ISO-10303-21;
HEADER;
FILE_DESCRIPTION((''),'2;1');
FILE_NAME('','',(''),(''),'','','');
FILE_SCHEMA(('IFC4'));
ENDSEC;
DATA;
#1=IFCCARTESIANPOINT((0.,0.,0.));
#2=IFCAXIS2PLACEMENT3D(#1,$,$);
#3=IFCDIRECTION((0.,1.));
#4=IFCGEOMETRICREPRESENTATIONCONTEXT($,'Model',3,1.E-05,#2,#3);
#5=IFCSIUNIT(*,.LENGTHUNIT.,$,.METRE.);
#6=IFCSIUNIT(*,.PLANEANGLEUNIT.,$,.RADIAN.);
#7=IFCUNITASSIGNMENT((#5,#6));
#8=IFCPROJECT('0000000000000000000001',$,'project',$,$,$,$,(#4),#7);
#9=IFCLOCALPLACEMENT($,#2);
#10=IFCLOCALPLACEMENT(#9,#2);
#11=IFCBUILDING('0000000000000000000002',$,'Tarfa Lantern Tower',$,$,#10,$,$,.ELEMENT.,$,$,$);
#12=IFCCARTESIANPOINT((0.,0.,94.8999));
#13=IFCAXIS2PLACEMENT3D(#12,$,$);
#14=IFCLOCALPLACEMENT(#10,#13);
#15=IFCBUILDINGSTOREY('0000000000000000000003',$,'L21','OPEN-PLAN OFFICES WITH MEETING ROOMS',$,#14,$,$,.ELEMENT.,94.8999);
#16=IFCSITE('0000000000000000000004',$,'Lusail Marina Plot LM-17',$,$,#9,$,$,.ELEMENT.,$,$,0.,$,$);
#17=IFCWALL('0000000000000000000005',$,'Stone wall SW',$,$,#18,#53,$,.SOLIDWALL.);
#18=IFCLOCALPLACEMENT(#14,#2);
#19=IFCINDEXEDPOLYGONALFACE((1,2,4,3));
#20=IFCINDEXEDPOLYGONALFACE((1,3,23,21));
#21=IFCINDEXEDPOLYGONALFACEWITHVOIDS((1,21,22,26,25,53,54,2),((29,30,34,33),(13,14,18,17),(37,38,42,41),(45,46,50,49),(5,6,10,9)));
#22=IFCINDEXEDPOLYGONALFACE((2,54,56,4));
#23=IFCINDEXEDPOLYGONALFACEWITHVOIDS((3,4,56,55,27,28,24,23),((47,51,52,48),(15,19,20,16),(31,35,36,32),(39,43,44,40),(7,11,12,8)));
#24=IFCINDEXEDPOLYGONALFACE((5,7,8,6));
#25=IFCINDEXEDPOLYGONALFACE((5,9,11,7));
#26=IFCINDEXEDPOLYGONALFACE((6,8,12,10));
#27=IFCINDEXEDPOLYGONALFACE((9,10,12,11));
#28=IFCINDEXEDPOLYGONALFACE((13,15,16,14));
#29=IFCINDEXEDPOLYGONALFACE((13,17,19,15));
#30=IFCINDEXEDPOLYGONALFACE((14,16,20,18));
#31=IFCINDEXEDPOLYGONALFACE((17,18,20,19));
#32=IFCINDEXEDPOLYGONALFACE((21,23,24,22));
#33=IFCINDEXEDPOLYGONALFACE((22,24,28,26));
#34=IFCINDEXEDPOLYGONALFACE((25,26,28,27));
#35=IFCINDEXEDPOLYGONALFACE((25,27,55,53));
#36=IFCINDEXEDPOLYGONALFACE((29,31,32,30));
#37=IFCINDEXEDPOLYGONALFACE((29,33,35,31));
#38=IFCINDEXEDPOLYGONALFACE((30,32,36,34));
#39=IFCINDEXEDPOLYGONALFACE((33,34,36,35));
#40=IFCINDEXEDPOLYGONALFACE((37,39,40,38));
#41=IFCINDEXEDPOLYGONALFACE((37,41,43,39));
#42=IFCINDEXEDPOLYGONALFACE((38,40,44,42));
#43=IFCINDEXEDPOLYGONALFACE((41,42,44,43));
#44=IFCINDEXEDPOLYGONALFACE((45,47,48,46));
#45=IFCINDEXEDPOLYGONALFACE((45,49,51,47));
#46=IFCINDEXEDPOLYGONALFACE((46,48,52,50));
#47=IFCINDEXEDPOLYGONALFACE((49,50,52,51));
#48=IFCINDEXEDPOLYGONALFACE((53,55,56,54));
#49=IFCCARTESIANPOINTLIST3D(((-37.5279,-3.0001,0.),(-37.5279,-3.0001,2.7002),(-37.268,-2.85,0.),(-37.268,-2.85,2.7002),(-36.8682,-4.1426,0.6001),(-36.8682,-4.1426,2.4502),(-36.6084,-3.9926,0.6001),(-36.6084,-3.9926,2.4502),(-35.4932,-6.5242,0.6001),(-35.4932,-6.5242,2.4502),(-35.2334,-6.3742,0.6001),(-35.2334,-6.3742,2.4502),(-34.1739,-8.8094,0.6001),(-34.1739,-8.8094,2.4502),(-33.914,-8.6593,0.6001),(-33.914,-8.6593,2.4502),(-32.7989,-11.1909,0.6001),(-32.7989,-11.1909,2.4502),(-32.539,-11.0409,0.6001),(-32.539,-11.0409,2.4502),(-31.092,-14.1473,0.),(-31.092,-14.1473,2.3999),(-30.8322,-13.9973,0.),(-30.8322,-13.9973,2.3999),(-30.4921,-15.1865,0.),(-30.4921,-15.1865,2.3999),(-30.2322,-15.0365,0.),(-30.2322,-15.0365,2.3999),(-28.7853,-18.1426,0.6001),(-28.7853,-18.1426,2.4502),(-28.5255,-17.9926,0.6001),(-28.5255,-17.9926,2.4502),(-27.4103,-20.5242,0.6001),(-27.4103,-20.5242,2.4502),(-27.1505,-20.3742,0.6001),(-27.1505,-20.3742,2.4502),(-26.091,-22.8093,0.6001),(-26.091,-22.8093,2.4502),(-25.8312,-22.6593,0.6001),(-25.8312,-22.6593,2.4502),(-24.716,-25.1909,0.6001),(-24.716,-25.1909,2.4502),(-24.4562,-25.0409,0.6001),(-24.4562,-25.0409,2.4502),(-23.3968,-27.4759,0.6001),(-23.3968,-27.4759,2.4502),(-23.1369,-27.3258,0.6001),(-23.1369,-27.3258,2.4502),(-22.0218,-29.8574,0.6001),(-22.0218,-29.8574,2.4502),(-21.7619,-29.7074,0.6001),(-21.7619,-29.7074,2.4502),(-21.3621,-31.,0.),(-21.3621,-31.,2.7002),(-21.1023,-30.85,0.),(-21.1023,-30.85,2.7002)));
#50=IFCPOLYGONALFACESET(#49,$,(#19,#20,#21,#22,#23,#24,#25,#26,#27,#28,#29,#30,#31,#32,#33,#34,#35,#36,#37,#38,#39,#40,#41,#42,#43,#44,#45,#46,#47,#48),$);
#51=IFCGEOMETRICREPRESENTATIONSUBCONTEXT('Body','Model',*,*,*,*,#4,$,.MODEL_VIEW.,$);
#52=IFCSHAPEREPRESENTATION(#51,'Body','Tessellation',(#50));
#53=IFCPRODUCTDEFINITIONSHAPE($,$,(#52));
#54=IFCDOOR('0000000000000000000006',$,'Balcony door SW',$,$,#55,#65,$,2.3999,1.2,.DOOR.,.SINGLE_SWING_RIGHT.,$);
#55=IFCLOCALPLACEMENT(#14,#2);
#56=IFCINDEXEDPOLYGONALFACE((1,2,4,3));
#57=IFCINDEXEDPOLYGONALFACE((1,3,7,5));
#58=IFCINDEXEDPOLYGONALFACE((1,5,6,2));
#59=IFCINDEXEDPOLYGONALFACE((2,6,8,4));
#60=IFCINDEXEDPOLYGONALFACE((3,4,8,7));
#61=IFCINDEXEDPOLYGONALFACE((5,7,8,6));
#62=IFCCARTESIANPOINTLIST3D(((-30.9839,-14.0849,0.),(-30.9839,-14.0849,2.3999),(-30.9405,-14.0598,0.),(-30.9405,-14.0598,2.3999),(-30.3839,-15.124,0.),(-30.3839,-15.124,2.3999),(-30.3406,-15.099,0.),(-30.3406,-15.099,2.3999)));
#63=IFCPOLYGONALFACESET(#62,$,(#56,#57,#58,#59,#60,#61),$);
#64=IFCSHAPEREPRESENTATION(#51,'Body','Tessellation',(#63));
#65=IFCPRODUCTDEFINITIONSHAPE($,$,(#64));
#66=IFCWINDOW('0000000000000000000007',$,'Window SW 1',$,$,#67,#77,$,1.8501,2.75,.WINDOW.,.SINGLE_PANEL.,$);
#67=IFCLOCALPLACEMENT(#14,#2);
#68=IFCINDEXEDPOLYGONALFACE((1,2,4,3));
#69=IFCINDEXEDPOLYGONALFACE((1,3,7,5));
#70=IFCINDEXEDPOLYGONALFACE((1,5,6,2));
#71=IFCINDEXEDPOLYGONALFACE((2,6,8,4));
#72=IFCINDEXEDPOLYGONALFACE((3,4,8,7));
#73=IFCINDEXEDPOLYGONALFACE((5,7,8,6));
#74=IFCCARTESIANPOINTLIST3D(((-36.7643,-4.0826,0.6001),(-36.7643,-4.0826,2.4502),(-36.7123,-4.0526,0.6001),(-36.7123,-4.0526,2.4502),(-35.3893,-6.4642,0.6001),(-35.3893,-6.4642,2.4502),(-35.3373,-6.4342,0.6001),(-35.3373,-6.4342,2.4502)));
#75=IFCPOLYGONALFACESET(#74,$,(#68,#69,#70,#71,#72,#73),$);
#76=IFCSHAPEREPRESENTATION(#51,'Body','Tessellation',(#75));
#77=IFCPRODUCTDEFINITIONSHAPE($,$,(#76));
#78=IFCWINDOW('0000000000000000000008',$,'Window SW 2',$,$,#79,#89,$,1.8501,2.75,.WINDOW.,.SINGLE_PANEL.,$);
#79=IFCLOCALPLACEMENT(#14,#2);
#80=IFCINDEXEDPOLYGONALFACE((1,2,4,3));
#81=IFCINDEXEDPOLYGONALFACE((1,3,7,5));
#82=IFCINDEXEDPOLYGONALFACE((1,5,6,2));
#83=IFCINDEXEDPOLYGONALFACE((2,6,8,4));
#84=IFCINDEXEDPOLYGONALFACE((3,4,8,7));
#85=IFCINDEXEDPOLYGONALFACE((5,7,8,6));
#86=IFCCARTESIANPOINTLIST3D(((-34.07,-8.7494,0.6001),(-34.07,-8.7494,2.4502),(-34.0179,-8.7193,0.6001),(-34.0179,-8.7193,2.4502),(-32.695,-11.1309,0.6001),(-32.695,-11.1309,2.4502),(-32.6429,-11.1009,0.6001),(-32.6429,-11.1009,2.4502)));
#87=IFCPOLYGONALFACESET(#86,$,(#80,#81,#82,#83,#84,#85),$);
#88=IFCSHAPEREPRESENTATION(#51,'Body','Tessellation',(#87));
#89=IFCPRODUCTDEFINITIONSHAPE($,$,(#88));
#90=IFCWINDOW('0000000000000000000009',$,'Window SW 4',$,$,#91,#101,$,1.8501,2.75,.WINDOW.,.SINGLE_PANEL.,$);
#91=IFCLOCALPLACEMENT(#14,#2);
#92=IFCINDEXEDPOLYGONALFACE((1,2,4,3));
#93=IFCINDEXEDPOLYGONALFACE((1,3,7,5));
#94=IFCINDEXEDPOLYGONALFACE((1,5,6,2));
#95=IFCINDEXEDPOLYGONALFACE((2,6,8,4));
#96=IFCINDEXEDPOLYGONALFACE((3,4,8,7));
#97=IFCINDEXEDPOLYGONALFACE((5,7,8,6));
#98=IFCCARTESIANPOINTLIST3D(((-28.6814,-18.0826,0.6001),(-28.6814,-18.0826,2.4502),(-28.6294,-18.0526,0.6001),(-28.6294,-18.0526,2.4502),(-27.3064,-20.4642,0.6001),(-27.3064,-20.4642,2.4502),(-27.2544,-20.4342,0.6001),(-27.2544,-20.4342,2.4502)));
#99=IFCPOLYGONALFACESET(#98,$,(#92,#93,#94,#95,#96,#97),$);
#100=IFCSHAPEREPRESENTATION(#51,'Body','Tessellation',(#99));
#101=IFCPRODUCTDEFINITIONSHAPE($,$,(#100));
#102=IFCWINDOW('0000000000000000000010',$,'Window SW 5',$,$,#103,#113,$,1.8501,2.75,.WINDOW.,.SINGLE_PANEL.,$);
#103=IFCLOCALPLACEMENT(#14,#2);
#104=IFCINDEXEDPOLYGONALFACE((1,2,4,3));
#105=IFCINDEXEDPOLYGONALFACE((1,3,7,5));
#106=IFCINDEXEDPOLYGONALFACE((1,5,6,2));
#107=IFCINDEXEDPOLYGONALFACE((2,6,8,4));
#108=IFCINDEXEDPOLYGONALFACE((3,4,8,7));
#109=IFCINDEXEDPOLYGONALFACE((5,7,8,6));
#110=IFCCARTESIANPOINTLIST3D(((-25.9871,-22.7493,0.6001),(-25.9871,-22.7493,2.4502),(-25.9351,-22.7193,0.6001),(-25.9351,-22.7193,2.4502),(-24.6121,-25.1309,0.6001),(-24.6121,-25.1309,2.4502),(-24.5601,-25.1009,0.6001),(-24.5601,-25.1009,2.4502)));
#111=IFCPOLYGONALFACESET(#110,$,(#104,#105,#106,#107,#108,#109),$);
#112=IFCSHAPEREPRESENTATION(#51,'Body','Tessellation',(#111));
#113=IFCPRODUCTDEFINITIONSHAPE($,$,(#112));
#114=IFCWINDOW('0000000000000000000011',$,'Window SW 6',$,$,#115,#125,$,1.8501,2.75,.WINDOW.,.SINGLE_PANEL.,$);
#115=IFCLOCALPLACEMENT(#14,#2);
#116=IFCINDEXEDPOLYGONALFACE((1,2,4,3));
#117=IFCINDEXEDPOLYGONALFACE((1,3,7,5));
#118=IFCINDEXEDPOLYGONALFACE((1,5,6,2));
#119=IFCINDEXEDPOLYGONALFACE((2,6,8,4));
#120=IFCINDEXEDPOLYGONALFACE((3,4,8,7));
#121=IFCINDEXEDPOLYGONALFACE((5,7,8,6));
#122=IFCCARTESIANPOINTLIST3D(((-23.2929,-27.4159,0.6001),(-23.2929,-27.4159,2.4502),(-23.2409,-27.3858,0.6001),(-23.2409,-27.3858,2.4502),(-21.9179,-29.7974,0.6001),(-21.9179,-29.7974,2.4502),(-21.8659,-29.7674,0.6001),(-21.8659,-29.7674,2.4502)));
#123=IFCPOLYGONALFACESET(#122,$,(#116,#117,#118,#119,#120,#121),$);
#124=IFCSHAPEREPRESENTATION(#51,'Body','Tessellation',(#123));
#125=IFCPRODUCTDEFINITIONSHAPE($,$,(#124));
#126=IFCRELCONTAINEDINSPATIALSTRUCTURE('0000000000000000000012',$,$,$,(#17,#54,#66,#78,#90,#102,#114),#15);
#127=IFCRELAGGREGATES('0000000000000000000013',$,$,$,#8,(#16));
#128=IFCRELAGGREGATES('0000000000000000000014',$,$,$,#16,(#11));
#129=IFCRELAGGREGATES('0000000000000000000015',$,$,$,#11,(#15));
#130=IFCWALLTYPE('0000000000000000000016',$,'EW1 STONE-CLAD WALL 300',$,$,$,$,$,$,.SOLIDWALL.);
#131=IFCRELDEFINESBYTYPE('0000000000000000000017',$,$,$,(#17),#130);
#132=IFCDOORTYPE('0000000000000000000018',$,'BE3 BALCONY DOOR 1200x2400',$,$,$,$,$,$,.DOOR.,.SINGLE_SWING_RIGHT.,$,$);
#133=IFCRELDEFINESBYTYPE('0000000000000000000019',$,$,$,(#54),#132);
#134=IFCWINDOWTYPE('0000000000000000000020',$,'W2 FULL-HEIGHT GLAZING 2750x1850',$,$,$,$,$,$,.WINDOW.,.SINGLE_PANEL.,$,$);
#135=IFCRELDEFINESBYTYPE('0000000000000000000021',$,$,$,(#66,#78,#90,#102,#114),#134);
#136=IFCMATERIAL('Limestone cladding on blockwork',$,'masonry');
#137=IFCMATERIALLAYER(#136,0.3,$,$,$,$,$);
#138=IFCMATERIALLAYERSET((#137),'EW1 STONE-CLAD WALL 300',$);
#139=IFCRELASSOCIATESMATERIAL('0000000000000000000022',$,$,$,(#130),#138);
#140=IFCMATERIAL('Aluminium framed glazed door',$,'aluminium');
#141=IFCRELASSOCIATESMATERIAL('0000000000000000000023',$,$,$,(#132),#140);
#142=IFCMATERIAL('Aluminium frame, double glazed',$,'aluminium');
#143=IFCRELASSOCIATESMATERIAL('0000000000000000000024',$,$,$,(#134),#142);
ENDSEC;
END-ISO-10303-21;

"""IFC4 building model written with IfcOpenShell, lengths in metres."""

from ifc_helpers import new_model, si_unit, direction, frame, frame_2d, origin, place, context, subcontext, project, spatial, rectangle, extrude, material, layer, layer_set, type_object, element, fill, save


model = new_model("IFC4")

# Units and contexts
model_context = context("Model", 3, precision=1e-05, world=origin(), true_north=direction((0.0, 1.0)))
body_context = subcontext(model_context, "Body", "Model", "MODEL_VIEW")
ifc_project = project(units=[si_unit("LENGTHUNIT", "METRE"), si_unit("PLANEANGLEUNIT", "RADIAN")], contexts=[model_context])

# Site, building, storey
site_placement = place(None, origin())
site = spatial("IfcSite", under=ifc_project, at=site_placement, Name="Lusail Marina Plot LM-17", CompositionType="ELEMENT", RefElevation=0.0)
building_placement = place(site_placement, origin())
building = spatial("IfcBuilding", under=site, at=building_placement, Name="Tarfa Lantern Tower", CompositionType="ELEMENT")
storey_placement = place(building_placement, frame((0.0, 0.0, 94.8999)))
storey = spatial("IfcBuildingStorey", under=building, at=storey_placement, Name="L21", Description="OPEN-PLAN OFFICES WITH MEETING ROOMS", CompositionType="ELEMENT", Elevation=94.8999)

# Wall, openings, door, windows
ifc_material_1 = material(Name="Limestone cladding on blockwork", Category="masonry")
ifc_layer_1 = layer(ifc_material_1, 0.3)
ifc_layer_set_1 = layer_set([ifc_layer_1], Name="EW1 STONE-CLAD WALL 300")
wall_type = type_object("IfcWallType", Name="EW1 STONE-CLAD WALL 300", PredefinedType="SOLIDWALL", material=ifc_layer_set_1)
wall_placement = place(storey_placement, frame((-37.3979, -2.925, 0.0), z_axis=(0.0, 0.0, 1.0), x_axis=(0.499999, -0.866026, 0.0)))
wall = element("IfcWall", 1, at=wall_placement, inside=storey, type_object=wall_type, Name="Stone wall SW", PredefinedType="SOLIDWALL", context=body_context, shape_type="SweptSolid", body=[
    extrude(rectangle(XDim=32.3315, YDim=0.3, at=frame_2d((16.1658, 0.0))), origin(), (0.0, 0.0, 1.0), 2.7002),
])
opening_1_placement = place(wall_placement, frame((1.3193, 0.0, 0.6001)))
opening_1 = element("IfcOpeningElement", 2, at=opening_1_placement, cuts=wall, PredefinedType="OPENING", context=body_context, shape_type="SweptSolid", body=[
    extrude(rectangle(XDim=2.75, YDim=1.8501, at=frame_2d((1.375, 0.925))), frame((0.0, 0.1599, 0.0), z_axis=(0.0, -1.0, 0.0), x_axis=(1.0, 0.0, 0.0)), (0.0, 0.0, 1.0), 0.3201),
])
opening_2_placement = place(wall_placement, frame((6.708, 0.0, 0.6001)))
opening_2 = element("IfcOpeningElement", 3, at=opening_2_placement, cuts=wall, PredefinedType="OPENING", context=body_context, shape_type="SweptSolid", body=[
    extrude(rectangle(XDim=2.75, YDim=1.8501, at=frame_2d((1.375, 0.925))), frame((0.0, 0.1599, 0.0), z_axis=(0.0, -1.0, 0.0), x_axis=(1.0, 0.0, 0.0)), (0.0, 0.0, 1.0), 0.3201),
])
opening_3_placement = place(wall_placement, frame((12.8716, 0.0, 0.0)))
opening_3 = element("IfcOpeningElement", 4, at=opening_3_placement, cuts=wall, PredefinedType="OPENING", context=body_context, shape_type="SweptSolid", body=[
    extrude(rectangle(XDim=1.2, YDim=2.3999, at=frame_2d((0.6001, 1.2))), frame((0.0, 0.1599, 0.0), z_axis=(0.0, -1.0, 0.0), x_axis=(1.0, 0.0, 0.0)), (0.0, 0.0, 1.0), 0.3201),
])
opening_4_placement = place(wall_placement, frame((17.4851, 0.0, 0.6001)))
opening_4 = element("IfcOpeningElement", 5, at=opening_4_placement, cuts=wall, PredefinedType="OPENING", context=body_context, shape_type="SweptSolid", body=[
    extrude(rectangle(XDim=2.75, YDim=1.8501, at=frame_2d((1.375, 0.925))), frame((0.0, 0.1599, 0.0), z_axis=(0.0, -1.0, 0.0), x_axis=(1.0, 0.0, 0.0)), (0.0, 0.0, 1.0), 0.3201),
])
opening_5_placement = place(wall_placement, frame((22.8738, 0.0, 0.6001)))
opening_5 = element("IfcOpeningElement", 6, at=opening_5_placement, cuts=wall, PredefinedType="OPENING", context=body_context, shape_type="SweptSolid", body=[
    extrude(rectangle(XDim=2.75, YDim=1.8501, at=frame_2d((1.375, 0.925))), frame((0.0, 0.1599, 0.0), z_axis=(0.0, -1.0, 0.0), x_axis=(1.0, 0.0, 0.0)), (0.0, 0.0, 1.0), 0.3201),
])
opening_6_placement = place(wall_placement, frame((28.2622, 0.0, 0.6001)))
opening_6 = element("IfcOpeningElement", 7, at=opening_6_placement, cuts=wall, PredefinedType="OPENING", context=body_context, shape_type="SweptSolid", body=[
    extrude(rectangle(XDim=2.75, YDim=1.8501, at=frame_2d((1.375, 0.925))), frame((0.0, 0.1599, 0.0), z_axis=(0.0, -1.0, 0.0), x_axis=(1.0, 0.0, 0.0)), (0.0, 0.0, 1.0), 0.3201),
])
ifc_material_2 = material(Name="Aluminium framed glazed door", Category="aluminium")
door_type = type_object("IfcDoorType", Name="BE3 BALCONY DOOR 1200x2400", OperationType="SINGLE_SWING_RIGHT", PredefinedType="DOOR", material=ifc_material_2)
door_placement = place(opening_3_placement, origin())
door = element("IfcDoor", 8, at=door_placement, inside=storey, type_object=door_type, Name="Balcony door SW", OperationType="SINGLE_SWING_RIGHT", OverallHeight=2.3999, OverallWidth=1.2, PredefinedType="DOOR", context=body_context, shape_type="SweptSolid", body=[
    extrude(rectangle(XDim=1.2, YDim=2.3999, at=frame_2d((0.6001, 1.2))), frame((0.0, 0.0249, 0.0), z_axis=(0.0, -1.0, 0.0), x_axis=(1.0, 0.0, 0.0)), (0.0, 0.0, 1.0), 0.05),
])
fill(opening_3, door)
ifc_material_3 = material(Name="Aluminium frame, double glazed", Category="aluminium")
window_type = type_object("IfcWindowType", Name="W2 FULL-HEIGHT GLAZING 2750x1850", PartitioningType="SINGLE_PANEL", PredefinedType="WINDOW", material=ifc_material_3)
window_1_placement = place(opening_1_placement, origin())
window_1 = element("IfcWindow", 9, at=window_1_placement, inside=storey, type_object=window_type, Name="Window SW 1", OverallHeight=1.8501, OverallWidth=2.75, PartitioningType="SINGLE_PANEL", PredefinedType="WINDOW", context=body_context, shape_type="SweptSolid", body=[
    extrude(rectangle(XDim=2.75, YDim=1.8501, at=frame_2d((1.375, 0.925))), frame((0.0, 0.03, 0.0), z_axis=(0.0, -1.0, 0.0), x_axis=(1.0, 0.0, 0.0)), (0.0, 0.0, 1.0), 0.0601),
])
fill(opening_1, window_1)
window_2_placement = place(opening_2_placement, origin())
window_2 = element("IfcWindow", 10, at=window_2_placement, inside=storey, type_object=window_type, Name="Window SW 2", OverallHeight=1.8501, OverallWidth=2.75, PartitioningType="SINGLE_PANEL", PredefinedType="WINDOW", context=body_context, shape_type="SweptSolid", body=[
    extrude(rectangle(XDim=2.75, YDim=1.8501, at=frame_2d((1.375, 0.925))), frame((0.0, 0.03, 0.0), z_axis=(0.0, -1.0, 0.0), x_axis=(1.0, 0.0, 0.0)), (0.0, 0.0, 1.0), 0.0601),
])
fill(opening_2, window_2)
window_3_placement = place(opening_4_placement, origin())
window_3 = element("IfcWindow", 11, at=window_3_placement, inside=storey, type_object=window_type, Name="Window SW 4", OverallHeight=1.8501, OverallWidth=2.75, PartitioningType="SINGLE_PANEL", PredefinedType="WINDOW", context=body_context, shape_type="SweptSolid", body=[
    extrude(rectangle(XDim=2.75, YDim=1.8501, at=frame_2d((1.375, 0.925))), frame((0.0, 0.03, 0.0), z_axis=(0.0, -1.0, 0.0), x_axis=(1.0, 0.0, 0.0)), (0.0, 0.0, 1.0), 0.0601),
])
fill(opening_4, window_3)
window_4_placement = place(opening_5_placement, origin())
window_4 = element("IfcWindow", 12, at=window_4_placement, inside=storey, type_object=window_type, Name="Window SW 5", OverallHeight=1.8501, OverallWidth=2.75, PartitioningType="SINGLE_PANEL", PredefinedType="WINDOW", context=body_context, shape_type="SweptSolid", body=[
    extrude(rectangle(XDim=2.75, YDim=1.8501, at=frame_2d((1.375, 0.925))), frame((0.0, 0.03, 0.0), z_axis=(0.0, -1.0, 0.0), x_axis=(1.0, 0.0, 0.0)), (0.0, 0.0, 1.0), 0.0601),
])
fill(opening_5, window_4)
window_5_placement = place(opening_6_placement, origin())
window_5 = element("IfcWindow", 13, at=window_5_placement, inside=storey, type_object=window_type, Name="Window SW 6", OverallHeight=1.8501, OverallWidth=2.75, PartitioningType="SINGLE_PANEL", PredefinedType="WINDOW", context=body_context, shape_type="SweptSolid", body=[
    extrude(rectangle(XDim=2.75, YDim=1.8501, at=frame_2d((1.375, 0.925))), frame((0.0, 0.03, 0.0), z_axis=(0.0, -1.0, 0.0), x_axis=(1.0, 0.0, 0.0)), (0.0, 0.0, 1.0), 0.0601),
])
fill(opening_6, window_5)

save(model, "model.ifc")
